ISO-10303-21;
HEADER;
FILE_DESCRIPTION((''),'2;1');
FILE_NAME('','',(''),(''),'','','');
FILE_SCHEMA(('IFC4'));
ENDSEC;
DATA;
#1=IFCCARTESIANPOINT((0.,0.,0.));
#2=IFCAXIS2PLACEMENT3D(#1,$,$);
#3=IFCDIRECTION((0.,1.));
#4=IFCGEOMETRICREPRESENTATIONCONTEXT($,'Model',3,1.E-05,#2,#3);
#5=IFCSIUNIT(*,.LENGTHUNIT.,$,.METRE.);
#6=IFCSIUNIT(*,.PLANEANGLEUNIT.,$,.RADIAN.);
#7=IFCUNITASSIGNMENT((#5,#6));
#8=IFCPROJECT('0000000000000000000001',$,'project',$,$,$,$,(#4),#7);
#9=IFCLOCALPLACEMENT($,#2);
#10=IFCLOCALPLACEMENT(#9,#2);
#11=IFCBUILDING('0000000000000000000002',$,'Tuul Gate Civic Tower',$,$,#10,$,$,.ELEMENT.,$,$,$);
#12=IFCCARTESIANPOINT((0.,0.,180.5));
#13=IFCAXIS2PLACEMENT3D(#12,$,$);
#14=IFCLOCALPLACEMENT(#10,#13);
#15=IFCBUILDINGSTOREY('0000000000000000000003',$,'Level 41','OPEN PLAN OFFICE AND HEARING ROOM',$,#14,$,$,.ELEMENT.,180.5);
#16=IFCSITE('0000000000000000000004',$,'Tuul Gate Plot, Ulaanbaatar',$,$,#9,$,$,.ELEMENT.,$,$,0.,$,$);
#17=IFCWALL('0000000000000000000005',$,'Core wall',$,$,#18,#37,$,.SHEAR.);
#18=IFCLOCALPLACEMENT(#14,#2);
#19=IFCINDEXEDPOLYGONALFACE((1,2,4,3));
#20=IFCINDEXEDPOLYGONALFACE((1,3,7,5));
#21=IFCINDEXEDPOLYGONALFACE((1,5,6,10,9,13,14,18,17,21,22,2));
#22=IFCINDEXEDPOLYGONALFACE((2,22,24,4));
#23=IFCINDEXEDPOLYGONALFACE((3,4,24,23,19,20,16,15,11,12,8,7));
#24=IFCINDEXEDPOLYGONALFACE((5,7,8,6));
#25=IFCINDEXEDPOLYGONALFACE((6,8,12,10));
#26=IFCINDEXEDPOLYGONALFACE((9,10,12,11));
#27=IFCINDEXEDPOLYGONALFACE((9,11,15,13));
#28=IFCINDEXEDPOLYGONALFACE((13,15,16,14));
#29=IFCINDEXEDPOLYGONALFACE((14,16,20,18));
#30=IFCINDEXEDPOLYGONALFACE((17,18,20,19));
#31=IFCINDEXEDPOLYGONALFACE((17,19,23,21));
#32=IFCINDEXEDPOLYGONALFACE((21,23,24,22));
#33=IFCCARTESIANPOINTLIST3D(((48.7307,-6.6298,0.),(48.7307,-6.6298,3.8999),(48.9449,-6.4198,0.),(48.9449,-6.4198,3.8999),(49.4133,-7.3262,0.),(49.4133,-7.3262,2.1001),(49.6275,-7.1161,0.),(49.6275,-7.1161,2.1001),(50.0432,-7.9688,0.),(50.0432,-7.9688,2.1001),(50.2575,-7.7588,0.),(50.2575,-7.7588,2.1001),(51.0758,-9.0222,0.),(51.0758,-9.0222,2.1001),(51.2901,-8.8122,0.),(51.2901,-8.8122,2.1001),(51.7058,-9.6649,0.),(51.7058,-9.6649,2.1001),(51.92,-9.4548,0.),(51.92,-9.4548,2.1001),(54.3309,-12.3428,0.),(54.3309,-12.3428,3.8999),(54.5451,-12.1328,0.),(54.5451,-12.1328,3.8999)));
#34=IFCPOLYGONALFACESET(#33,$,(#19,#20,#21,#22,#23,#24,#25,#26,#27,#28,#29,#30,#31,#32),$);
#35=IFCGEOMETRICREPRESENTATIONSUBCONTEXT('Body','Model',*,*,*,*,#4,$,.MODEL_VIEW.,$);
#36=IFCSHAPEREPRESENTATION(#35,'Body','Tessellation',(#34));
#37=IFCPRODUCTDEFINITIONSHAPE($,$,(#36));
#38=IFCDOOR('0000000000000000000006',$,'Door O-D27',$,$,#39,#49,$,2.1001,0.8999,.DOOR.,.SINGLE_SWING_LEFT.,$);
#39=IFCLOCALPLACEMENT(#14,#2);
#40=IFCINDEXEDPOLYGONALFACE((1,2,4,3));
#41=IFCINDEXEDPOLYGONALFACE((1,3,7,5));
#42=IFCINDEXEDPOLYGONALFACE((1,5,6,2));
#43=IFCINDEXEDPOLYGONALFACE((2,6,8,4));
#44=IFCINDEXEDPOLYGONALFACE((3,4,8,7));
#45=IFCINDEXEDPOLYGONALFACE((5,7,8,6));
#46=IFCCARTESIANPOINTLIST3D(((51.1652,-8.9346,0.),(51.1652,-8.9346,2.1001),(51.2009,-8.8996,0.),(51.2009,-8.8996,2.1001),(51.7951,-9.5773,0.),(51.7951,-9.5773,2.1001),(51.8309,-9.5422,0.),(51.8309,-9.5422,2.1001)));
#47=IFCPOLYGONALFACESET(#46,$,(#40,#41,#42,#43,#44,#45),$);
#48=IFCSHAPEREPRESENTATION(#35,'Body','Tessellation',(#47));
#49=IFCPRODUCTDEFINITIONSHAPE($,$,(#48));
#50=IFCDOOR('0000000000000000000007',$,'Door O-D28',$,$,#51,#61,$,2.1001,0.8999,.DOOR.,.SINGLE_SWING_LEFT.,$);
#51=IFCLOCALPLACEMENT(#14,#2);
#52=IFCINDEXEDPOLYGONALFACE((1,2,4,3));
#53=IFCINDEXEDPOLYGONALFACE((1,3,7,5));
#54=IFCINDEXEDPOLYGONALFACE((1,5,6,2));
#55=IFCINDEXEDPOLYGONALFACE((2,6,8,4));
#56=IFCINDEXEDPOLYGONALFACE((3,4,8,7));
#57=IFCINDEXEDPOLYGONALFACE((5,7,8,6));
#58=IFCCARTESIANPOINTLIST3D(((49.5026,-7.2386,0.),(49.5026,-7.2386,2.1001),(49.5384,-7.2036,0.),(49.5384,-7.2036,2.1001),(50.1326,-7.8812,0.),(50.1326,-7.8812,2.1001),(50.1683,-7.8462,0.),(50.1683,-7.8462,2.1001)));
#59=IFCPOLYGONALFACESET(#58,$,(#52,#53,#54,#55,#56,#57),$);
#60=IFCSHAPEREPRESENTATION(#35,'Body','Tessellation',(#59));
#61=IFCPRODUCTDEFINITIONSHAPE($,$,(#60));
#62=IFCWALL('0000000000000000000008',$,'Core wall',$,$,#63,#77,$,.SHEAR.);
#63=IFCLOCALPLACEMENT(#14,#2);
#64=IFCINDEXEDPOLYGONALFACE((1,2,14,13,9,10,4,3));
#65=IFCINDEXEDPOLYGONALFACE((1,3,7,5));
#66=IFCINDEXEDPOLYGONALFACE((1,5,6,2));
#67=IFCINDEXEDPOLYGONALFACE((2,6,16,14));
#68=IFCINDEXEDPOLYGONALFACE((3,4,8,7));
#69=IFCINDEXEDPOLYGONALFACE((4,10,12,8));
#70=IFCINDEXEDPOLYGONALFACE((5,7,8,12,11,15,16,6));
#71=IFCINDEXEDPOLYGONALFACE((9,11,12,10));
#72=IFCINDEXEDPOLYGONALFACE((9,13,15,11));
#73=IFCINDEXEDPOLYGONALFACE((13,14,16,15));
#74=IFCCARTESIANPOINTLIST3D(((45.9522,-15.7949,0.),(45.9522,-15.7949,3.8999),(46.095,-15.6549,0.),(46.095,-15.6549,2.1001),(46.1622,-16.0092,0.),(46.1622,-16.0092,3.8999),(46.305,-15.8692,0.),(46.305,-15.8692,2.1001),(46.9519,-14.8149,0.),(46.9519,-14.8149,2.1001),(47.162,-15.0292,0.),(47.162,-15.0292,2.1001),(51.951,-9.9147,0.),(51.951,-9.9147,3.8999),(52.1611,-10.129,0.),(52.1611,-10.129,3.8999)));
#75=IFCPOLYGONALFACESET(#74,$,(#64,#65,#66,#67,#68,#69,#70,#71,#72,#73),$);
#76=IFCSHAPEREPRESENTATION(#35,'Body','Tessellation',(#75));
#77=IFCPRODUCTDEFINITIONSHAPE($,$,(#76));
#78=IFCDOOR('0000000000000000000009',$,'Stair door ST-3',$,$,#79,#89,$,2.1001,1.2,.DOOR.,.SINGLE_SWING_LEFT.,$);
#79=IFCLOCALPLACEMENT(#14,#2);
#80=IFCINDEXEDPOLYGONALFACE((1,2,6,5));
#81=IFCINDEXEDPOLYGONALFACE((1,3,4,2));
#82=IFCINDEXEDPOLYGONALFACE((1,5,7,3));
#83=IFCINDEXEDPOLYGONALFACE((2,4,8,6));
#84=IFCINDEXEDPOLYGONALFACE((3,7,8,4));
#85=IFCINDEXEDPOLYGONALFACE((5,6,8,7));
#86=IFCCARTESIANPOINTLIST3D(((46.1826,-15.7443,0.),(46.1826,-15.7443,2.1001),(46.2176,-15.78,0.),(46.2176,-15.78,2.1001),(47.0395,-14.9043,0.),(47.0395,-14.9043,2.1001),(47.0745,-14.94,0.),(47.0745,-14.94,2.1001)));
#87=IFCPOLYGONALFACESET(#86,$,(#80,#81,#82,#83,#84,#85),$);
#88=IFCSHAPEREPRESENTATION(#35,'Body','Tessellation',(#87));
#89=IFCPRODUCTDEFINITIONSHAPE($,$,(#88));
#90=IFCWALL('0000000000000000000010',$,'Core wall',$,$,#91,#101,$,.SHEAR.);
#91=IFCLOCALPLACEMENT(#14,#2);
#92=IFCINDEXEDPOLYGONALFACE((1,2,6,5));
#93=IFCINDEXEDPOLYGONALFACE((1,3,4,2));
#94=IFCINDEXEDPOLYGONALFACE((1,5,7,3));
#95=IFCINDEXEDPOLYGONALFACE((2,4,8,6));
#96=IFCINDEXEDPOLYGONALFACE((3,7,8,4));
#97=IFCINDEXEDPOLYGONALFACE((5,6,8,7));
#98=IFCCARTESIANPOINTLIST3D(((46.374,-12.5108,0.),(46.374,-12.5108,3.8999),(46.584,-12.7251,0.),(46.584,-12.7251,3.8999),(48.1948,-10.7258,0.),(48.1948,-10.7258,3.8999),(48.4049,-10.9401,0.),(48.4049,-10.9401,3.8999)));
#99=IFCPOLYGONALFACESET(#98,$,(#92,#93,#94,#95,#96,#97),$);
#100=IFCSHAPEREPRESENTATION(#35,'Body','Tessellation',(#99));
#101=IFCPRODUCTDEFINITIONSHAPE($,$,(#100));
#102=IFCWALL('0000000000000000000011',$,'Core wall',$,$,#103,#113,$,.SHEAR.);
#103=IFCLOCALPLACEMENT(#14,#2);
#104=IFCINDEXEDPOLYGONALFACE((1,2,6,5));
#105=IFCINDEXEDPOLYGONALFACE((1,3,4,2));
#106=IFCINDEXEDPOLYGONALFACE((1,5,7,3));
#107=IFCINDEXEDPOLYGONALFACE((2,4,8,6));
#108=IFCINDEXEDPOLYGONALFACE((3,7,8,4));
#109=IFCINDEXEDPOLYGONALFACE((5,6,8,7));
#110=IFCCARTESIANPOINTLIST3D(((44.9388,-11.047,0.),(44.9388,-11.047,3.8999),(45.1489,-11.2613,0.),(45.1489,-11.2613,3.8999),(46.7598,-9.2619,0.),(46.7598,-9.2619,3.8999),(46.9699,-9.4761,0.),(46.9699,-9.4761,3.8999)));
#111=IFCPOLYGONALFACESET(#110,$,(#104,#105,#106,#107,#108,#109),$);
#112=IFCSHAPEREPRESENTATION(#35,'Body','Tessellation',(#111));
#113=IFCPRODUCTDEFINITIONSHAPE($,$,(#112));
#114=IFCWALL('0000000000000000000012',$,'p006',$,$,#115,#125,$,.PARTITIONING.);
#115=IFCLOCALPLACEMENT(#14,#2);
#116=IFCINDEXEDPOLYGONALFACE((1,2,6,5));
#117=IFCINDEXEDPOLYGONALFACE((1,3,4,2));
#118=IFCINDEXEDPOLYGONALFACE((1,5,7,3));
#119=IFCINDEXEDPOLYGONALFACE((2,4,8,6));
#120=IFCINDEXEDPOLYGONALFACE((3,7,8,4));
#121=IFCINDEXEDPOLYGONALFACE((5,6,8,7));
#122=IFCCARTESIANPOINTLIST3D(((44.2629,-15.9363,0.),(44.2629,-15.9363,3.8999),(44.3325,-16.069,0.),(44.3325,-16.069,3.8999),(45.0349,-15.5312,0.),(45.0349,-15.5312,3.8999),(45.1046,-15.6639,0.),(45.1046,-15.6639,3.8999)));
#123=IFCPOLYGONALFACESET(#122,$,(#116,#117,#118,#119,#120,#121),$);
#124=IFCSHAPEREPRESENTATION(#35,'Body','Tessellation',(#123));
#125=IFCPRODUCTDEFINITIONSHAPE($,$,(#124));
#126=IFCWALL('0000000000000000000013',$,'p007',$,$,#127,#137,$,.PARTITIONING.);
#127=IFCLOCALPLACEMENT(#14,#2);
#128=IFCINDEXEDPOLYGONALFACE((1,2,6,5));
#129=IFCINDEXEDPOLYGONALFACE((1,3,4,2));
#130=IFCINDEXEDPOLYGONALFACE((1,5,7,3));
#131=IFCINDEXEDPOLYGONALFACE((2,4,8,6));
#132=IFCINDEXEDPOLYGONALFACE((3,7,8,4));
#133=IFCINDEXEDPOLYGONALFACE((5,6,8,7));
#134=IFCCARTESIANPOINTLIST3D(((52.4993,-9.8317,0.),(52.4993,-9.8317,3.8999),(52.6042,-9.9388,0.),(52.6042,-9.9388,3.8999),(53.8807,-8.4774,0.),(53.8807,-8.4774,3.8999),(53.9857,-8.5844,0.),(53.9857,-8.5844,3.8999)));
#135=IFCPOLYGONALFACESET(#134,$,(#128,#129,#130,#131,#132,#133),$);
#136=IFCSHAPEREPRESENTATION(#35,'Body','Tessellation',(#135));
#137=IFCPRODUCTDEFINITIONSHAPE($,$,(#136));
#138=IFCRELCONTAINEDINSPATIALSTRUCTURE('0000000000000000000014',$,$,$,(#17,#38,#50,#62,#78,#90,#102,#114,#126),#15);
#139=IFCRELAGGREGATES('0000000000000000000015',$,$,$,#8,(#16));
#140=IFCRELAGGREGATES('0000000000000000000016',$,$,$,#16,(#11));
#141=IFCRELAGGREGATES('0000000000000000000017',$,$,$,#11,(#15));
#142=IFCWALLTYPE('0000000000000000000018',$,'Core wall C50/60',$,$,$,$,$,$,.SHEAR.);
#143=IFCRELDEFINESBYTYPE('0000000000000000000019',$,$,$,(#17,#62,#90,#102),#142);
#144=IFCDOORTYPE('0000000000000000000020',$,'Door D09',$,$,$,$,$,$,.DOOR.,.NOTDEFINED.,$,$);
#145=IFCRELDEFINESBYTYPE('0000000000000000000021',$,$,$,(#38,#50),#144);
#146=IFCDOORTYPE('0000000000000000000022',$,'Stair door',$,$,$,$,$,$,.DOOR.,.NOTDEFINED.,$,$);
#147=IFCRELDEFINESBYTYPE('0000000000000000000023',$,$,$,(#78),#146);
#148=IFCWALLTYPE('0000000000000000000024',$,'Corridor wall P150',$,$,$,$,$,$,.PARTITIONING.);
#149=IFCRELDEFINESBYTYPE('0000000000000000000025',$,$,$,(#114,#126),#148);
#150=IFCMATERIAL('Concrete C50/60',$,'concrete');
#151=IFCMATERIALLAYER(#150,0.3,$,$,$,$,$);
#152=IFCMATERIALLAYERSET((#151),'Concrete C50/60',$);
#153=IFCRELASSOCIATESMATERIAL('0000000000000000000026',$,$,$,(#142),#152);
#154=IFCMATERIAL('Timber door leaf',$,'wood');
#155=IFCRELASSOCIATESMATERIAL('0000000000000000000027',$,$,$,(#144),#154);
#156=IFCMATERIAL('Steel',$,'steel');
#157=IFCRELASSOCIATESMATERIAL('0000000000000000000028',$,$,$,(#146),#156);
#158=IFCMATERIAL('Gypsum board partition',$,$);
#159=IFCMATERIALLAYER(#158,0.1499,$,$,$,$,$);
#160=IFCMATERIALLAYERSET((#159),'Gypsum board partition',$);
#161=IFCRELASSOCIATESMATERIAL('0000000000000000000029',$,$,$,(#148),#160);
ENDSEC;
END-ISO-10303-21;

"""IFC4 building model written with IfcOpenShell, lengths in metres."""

from ifc_helpers import new_model, si_unit, direction, frame, frame_2d, origin, place, context, subcontext, project, spatial, rectangle, extrude, material, layer, layer_set, type_object, element, fill, save


model = new_model("IFC4")

# Units and contexts
model_context = context("Model", 3, precision=1e-05, world=origin(), true_north=direction((0.0, 1.0)))
body_context = subcontext(model_context, "Body", "Model", "MODEL_VIEW")
ifc_project = project(units=[si_unit("LENGTHUNIT", "METRE"), si_unit("PLANEANGLEUNIT", "RADIAN")], contexts=[model_context])

# Site, building, storey
site_placement = place(None, origin())
site = spatial("IfcSite", under=ifc_project, at=site_placement, Name="Tuul Gate Plot, Ulaanbaatar", CompositionType="ELEMENT", RefElevation=0.0)
building_placement = place(site_placement, origin())
building = spatial("IfcBuilding", under=site, at=building_placement, Name="Tuul Gate Civic Tower", CompositionType="ELEMENT")
storey_placement = place(building_placement, frame((0.0, 0.0, 180.5)))
storey = spatial("IfcBuildingStorey", under=building, at=storey_placement, Name="Level 41", Description="OPEN PLAN OFFICE AND HEARING ROOM", CompositionType="ELEMENT", Elevation=180.5)

# Shared definitions
ifc_material_1 = material(Name="Concrete C50/60", Category="concrete")
ifc_layer_1 = layer(ifc_material_1, 0.3)
ifc_layer_set_1 = layer_set([ifc_layer_1], Name="Concrete C50/60")
wall_type_1 = type_object("IfcWallType", Name="Core wall C50/60", PredefinedType="SHEAR", material=ifc_layer_set_1)

# Wall, openings, doors
wall_1_placement = place(storey_placement, frame((54.438, -12.2378, 0.0), z_axis=(0.0, 0.0, 1.0), x_axis=(-0.700022, 0.714121, 0.0)))
wall_1 = element("IfcWall", 1, at=wall_1_placement, inside=storey, type_object=wall_type_1, Name="Core wall", PredefinedType="SHEAR", context=body_context, shape_type="SweptSolid", body=[
    extrude(rectangle(XDim=8.0, YDim=0.3, at=frame_2d((4.0, 0.0))), origin(), (0.0, 0.0, 1.0), 3.8999),
])
opening_1_placement = place(wall_1_placement, frame((3.75, 0.0, 0.0)))
opening_1 = element("IfcOpeningElement", 2, at=opening_1_placement, cuts=wall_1, PredefinedType="OPENING", context=body_context, shape_type="SweptSolid", body=[
    extrude(rectangle(XDim=0.8999, YDim=2.1001, at=frame_2d((0.45, 1.05))), frame((0.0, 0.1602, 0.0), z_axis=(0.0, -1.0, 0.0), x_axis=(1.0, 0.0, 0.0)), (0.0, 0.0, 1.0), 0.3201),
])
opening_2_placement = place(wall_1_placement, frame((6.125, 0.0, 0.0)))
opening_2 = element("IfcOpeningElement", 3, at=opening_2_placement, cuts=wall_1, PredefinedType="OPENING", context=body_context, shape_type="SweptSolid", body=[
    extrude(rectangle(XDim=0.8999, YDim=2.1001, at=frame_2d((0.45, 1.05))), frame((0.0, 0.1602, 0.0), z_axis=(0.0, -1.0, 0.0), x_axis=(1.0, 0.0, 0.0)), (0.0, 0.0, 1.0), 0.3201),
])
ifc_material_2 = material(Name="Timber door leaf", Category="wood")
door_type_1 = type_object("IfcDoorType", Name="Door D09", OperationType="NOTDEFINED", PredefinedType="DOOR", material=ifc_material_2)
door_1_placement = place(opening_1_placement, origin())
door_1 = element("IfcDoor", 4, at=door_1_placement, inside=storey, type_object=door_type_1, Name="Door O-D27", OperationType="SINGLE_SWING_LEFT", OverallHeight=2.1001, OverallWidth=0.8999, PredefinedType="DOOR", context=body_context, shape_type="SweptSolid", body=[
    extrude(rectangle(XDim=0.8999, YDim=2.1001, at=frame_2d((0.45, 1.05))), frame((0.0, 0.0249, 0.0), z_axis=(0.0, -1.0, 0.0), x_axis=(1.0, 0.0, 0.0)), (0.0, 0.0, 1.0), 0.05),
])
fill(opening_1, door_1)
door_2_placement = place(opening_2_placement, origin())
door_2 = element("IfcDoor", 5, at=door_2_placement, inside=storey, type_object=door_type_1, Name="Door O-D28", OperationType="SINGLE_SWING_LEFT", OverallHeight=2.1001, OverallWidth=0.8999, PredefinedType="DOOR", context=body_context, shape_type="SweptSolid", body=[
    extrude(rectangle(XDim=0.8999, YDim=2.1001, at=frame_2d((0.45, 1.05))), frame((0.0, 0.0249, 0.0), z_axis=(0.0, -1.0, 0.0), x_axis=(1.0, 0.0, 0.0)), (0.0, 0.0, 1.0), 0.05),
])
fill(opening_2, door_2)

# Wall, opening, door
wall_2_placement = place(storey_placement, frame((46.0571, -15.9021, 0.0), z_axis=(0.0, 0.0, 1.0), x_axis=(0.714134, 0.700009, 0.0)))
wall_2 = element("IfcWall", 6, at=wall_2_placement, inside=storey, type_object=wall_type_1, Name="Core wall", PredefinedType="SHEAR", context=body_context, shape_type="SweptSolid", body=[
    extrude(rectangle(XDim=8.4001, YDim=0.3, at=frame_2d((4.2002, 0.0))), origin(), (0.0, 0.0, 1.0), 3.8999),
])
opening_3_placement = place(wall_2_placement, frame((0.2, 0.0, 0.0)))
opening_3 = element("IfcOpeningElement", 7, at=opening_3_placement, cuts=wall_2, PredefinedType="OPENING", context=body_context, shape_type="SweptSolid", body=[
    extrude(rectangle(XDim=1.2, YDim=2.1001, at=frame_2d((0.6001, 1.05))), frame((0.0, 0.1602, 0.0), z_axis=(0.0, -1.0, 0.0), x_axis=(1.0, 0.0, 0.0)), (0.0, 0.0, 1.0), 0.3201),
])
ifc_material_3 = material(Name="Steel", Category="steel")
door_type_2 = type_object("IfcDoorType", Name="Stair door", OperationType="NOTDEFINED", PredefinedType="DOOR", material=ifc_material_3)
door_3_placement = place(opening_3_placement, origin())
door_3 = element("IfcDoor", 8, at=door_3_placement, inside=storey, type_object=door_type_2, Name="Stair door ST-3", OperationType="SINGLE_SWING_LEFT", OverallHeight=2.1001, OverallWidth=1.2, PredefinedType="DOOR", context=body_context, shape_type="SweptSolid", body=[
    extrude(rectangle(XDim=1.2, YDim=2.1001, at=frame_2d((0.6001, 1.05))), frame((0.0, 0.0249, 0.0), z_axis=(0.0, -1.0, 0.0), x_axis=(1.0, 0.0, 0.0)), (0.0, 0.0, 1.0), 0.05),
])
fill(opening_3, door_3)

# Walls
wall_3_placement = place(storey_placement, frame((46.479, -12.6179, 0.0), z_axis=(0.0, 0.0, 1.0), x_axis=(0.714109, 0.700034, 0.0)))
element("IfcWall", 9, at=wall_3_placement, inside=storey, type_object=wall_type_1, Name="Core wall", PredefinedType="SHEAR", context=body_context, shape_type="SweptSolid", body=[
    extrude(rectangle(XDim=2.5498, YDim=0.3, at=frame_2d((1.2749, 0.0))), origin(), (0.0, 0.0, 1.0), 3.8999),
])
wall_4_placement = place(storey_placement, frame((45.0439, -11.1541, 0.0), z_axis=(0.0, 0.0, 1.0), x_axis=(0.714108, 0.700035, 0.0)))
element("IfcWall", 10, at=wall_4_placement, inside=storey, type_object=wall_type_1, Name="Core wall", PredefinedType="SHEAR", context=body_context, shape_type="SweptSolid", body=[
    extrude(rectangle(XDim=2.55, YDim=0.3, at=frame_2d((1.2749, 0.0))), origin(), (0.0, 0.0, 1.0), 3.8999),
])
ifc_material_4 = material(Name="Gypsum board partition")
ifc_layer_2 = layer(ifc_material_4, 0.1499)
ifc_layer_set_2 = layer_set([ifc_layer_2], Name="Gypsum board partition")
wall_type_2 = type_object("IfcWallType", Name="Corridor wall P150", PredefinedType="PARTITIONING", material=ifc_layer_set_2)
wall_5_placement = place(storey_placement, frame((44.2976, -16.0027, 0.0), z_axis=(0.0, 0.0, 1.0), x_axis=(0.885519, 0.464603, 0.0)))
element("IfcWall", 11, at=wall_5_placement, inside=storey, type_object=wall_type_2, Name="p006", PredefinedType="PARTITIONING", context=body_context, shape_type="SweptSolid", body=[
    extrude(rectangle(XDim=0.8718, YDim=0.1499, at=frame_2d((0.436, 0.0))), origin(), (0.0, 0.0, 1.0), 3.8999),
])
wall_6_placement = place(storey_placement, frame((52.5518, -9.8853, 0.0), z_axis=(0.0, 0.0, 1.0), x_axis=(0.714077, 0.700068, 0.0)))
element("IfcWall", 12, at=wall_6_placement, inside=storey, type_object=wall_type_2, Name="p007", PredefinedType="PARTITIONING", context=body_context, shape_type="SweptSolid", body=[
    extrude(rectangle(XDim=1.9346, YDim=0.1499, at=frame_2d((0.9673, 0.0))), origin(), (0.0, 0.0, 1.0), 3.8999),
])

save(model, "model.ifc")
